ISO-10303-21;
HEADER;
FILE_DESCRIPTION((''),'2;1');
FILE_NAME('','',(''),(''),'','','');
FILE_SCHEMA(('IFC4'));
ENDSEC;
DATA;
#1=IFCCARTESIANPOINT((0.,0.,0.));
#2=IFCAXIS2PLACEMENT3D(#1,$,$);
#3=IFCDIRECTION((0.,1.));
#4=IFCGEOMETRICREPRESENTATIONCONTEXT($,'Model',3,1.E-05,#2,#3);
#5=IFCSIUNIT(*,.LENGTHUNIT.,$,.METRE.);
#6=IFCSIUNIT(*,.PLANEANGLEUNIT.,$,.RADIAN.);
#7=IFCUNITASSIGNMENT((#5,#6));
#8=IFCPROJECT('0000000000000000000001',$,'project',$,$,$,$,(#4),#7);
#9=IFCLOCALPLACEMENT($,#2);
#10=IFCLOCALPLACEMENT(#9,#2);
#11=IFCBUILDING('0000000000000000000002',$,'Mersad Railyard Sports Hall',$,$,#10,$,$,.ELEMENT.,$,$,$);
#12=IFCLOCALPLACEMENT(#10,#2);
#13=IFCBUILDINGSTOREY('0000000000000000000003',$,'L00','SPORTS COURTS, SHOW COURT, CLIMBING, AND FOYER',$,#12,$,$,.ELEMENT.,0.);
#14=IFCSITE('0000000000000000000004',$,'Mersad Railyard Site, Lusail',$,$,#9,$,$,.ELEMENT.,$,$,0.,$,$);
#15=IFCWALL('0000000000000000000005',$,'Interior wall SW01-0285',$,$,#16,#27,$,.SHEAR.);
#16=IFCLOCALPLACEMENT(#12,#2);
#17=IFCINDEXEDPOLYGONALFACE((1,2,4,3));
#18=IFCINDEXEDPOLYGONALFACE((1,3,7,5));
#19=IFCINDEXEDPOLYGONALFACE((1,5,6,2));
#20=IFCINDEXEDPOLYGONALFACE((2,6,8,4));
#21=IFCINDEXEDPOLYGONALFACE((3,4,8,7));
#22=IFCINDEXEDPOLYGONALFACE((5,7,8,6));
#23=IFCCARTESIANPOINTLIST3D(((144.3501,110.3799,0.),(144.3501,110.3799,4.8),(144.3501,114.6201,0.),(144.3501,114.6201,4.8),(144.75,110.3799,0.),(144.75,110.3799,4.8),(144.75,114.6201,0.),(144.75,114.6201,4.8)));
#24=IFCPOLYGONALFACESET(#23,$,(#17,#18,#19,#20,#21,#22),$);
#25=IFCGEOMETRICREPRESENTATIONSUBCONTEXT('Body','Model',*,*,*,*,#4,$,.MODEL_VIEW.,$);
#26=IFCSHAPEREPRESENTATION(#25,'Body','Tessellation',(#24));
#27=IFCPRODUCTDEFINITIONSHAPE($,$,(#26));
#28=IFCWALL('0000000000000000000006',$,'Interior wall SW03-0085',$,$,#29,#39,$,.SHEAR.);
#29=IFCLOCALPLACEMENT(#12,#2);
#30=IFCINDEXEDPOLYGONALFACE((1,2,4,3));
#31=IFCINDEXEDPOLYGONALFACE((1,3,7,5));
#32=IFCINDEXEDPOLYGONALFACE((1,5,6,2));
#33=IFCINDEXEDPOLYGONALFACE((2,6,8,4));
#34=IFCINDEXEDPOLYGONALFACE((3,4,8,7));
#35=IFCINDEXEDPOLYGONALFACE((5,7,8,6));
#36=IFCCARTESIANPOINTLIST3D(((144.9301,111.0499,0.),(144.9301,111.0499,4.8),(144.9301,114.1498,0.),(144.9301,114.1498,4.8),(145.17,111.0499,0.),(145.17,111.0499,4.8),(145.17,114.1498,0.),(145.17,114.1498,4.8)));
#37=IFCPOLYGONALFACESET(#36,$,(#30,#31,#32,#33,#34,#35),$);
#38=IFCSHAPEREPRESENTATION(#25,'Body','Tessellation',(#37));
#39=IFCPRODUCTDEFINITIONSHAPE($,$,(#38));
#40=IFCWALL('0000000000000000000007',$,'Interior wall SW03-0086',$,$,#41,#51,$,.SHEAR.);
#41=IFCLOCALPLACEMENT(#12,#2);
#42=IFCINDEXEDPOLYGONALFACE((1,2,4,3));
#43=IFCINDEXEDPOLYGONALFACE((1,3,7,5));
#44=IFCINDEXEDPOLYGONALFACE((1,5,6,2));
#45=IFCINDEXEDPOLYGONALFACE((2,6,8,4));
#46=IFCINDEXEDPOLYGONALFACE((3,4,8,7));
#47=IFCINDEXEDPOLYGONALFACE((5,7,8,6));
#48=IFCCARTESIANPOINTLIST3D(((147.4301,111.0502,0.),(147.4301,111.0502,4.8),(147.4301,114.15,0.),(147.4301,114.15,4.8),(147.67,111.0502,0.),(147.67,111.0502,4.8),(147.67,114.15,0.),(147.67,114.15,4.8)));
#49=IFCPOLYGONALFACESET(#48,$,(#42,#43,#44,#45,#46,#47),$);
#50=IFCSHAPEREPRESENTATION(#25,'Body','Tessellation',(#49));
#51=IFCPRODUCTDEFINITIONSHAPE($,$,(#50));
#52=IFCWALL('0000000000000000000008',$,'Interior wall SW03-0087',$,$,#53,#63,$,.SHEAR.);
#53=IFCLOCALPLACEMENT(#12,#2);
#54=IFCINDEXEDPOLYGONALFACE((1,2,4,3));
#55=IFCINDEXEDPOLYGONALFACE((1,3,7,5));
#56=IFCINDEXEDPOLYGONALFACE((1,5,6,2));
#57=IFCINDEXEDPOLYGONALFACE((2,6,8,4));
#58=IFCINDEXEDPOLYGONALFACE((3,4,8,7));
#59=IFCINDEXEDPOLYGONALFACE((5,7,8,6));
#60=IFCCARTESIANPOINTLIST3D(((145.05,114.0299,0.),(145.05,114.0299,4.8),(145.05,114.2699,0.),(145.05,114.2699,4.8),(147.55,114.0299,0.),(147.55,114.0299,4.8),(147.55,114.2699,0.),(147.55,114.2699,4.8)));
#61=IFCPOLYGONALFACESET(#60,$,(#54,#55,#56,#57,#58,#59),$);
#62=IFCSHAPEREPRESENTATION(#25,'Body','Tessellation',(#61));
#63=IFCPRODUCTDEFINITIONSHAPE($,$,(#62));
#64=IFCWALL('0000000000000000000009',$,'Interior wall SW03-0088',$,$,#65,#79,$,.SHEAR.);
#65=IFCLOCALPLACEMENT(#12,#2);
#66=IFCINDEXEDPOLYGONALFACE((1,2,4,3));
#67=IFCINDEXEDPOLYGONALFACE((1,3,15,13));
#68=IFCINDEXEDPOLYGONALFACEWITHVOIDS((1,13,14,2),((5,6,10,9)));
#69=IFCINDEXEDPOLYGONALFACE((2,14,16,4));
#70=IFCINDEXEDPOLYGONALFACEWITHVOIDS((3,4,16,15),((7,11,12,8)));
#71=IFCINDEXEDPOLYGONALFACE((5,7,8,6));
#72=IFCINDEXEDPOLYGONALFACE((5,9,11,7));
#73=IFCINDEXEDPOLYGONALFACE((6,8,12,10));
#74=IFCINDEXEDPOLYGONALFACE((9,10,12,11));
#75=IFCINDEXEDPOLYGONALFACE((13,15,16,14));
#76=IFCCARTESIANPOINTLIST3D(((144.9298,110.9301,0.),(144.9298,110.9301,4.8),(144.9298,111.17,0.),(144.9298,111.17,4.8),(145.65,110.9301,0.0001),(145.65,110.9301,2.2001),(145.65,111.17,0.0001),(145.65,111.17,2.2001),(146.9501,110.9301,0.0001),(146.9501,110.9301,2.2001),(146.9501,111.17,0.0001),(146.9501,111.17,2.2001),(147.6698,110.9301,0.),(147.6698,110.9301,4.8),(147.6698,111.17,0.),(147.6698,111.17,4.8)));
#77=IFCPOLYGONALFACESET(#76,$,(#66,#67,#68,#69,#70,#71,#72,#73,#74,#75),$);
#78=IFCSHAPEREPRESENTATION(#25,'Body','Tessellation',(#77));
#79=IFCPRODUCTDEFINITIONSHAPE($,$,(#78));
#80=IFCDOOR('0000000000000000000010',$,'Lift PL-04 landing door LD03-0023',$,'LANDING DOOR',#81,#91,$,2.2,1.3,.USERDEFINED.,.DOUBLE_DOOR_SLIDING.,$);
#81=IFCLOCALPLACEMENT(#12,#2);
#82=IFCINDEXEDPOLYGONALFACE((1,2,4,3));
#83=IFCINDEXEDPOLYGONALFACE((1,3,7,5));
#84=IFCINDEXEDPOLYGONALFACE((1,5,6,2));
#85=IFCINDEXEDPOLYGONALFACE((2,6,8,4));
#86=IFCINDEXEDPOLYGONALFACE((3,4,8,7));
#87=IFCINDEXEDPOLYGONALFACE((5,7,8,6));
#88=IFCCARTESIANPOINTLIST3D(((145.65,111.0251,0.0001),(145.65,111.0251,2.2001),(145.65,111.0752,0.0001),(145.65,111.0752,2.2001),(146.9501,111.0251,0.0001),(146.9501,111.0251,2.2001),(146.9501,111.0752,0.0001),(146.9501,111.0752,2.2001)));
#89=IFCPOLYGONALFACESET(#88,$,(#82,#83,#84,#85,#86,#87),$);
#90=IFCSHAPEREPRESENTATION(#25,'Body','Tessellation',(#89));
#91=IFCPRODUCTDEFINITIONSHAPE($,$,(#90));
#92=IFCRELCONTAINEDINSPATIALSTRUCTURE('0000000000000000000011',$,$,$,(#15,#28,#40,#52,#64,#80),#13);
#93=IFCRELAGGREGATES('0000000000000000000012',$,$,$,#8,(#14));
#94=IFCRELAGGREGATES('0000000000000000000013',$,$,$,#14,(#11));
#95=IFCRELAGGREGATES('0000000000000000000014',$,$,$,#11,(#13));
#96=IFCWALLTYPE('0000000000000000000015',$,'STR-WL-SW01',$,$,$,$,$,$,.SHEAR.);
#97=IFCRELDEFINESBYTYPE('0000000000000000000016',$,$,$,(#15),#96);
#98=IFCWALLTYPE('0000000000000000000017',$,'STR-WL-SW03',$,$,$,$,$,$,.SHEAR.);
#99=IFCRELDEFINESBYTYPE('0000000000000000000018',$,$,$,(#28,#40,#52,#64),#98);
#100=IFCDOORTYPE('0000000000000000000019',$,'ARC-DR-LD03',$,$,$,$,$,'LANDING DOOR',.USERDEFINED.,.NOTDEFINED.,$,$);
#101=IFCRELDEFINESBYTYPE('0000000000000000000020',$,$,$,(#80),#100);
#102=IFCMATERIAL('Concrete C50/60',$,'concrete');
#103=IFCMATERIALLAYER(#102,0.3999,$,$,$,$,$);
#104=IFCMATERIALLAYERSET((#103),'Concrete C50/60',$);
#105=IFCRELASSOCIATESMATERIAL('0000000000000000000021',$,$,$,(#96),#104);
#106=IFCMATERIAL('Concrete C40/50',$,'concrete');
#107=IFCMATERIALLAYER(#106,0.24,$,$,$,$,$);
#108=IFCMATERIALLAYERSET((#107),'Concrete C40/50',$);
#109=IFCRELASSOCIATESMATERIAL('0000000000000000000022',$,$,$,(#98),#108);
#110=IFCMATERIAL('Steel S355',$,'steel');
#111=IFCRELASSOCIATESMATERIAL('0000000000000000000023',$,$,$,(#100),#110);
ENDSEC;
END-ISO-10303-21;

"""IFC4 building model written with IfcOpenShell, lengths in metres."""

from ifc_helpers import new_model, si_unit, direction, frame, frame_2d, origin, place, context, subcontext, project, spatial, rectangle, extrude, material, layer, layer_set, type_object, element, fill, save


model = new_model("IFC4")

# Units and contexts
model_context = context("Model", 3, precision=1e-05, world=origin(), true_north=direction((0.0, 1.0)))
body_context = subcontext(model_context, "Body", "Model", "MODEL_VIEW")
ifc_project = project(units=[si_unit("LENGTHUNIT", "METRE"), si_unit("PLANEANGLEUNIT", "RADIAN")], contexts=[model_context])

# Site, building, storey
site_placement = place(None, origin())
site = spatial("IfcSite", under=ifc_project, at=site_placement, Name="Mersad Railyard Site, Lusail", CompositionType="ELEMENT", RefElevation=0.0)
building_placement = place(site_placement, origin())
building = spatial("IfcBuilding", under=site, at=building_placement, Name="Mersad Railyard Sports Hall", CompositionType="ELEMENT")
storey_placement = place(building_placement, origin())
storey = spatial("IfcBuildingStorey", under=building, at=storey_placement, Name="L00", Description="SPORTS COURTS, SHOW COURT, CLIMBING, AND FOYER", CompositionType="ELEMENT", Elevation=0.0)

# Shared definitions
ifc_material_1 = material(Name="Concrete C50/60", Category="concrete")

# Shared definitions
ifc_material_2 = material(Name="Concrete C40/50", Category="concrete")

# Shared definitions
ifc_material_3 = material(Name="Steel S355", Category="steel")

# Walls
ifc_layer_1 = layer(ifc_material_1, 0.3999)
ifc_layer_set_1 = layer_set([ifc_layer_1], Name="Concrete C50/60")
wall_type_1 = type_object("IfcWallType", Name="STR-WL-SW01", PredefinedType="SHEAR", material=ifc_layer_set_1)
wall_1_placement = place(storey_placement, frame((144.55, 110.3799, 0.0), z_axis=(0.0, 0.0, 1.0), x_axis=(0.0, 1.0, 0.0)))
element("IfcWall", 1, at=wall_1_placement, inside=storey, type_object=wall_type_1, Name="Interior wall SW01-0285", PredefinedType="SHEAR", context=body_context, shape_type="SweptSolid", body=[
    extrude(rectangle(XDim=4.2402, YDim=0.3999, at=frame_2d((2.1201, 0.0))), origin(), (0.0, 0.0, 1.0), 4.8),
])
ifc_layer_2 = layer(ifc_material_2, 0.24)
ifc_layer_set_2 = layer_set([ifc_layer_2], Name="Concrete C40/50")
wall_type_2 = type_object("IfcWallType", Name="STR-WL-SW03", PredefinedType="SHEAR", material=ifc_layer_set_2)
for number, where, z_axis, x_axis, name in (
    (2, (145.05, 111.05, 0.0), (0.0, 0.0, 1.0), (0.0, 1.0, 0.0), "Interior wall SW03-0085"),
    (3, (147.55, 114.1499, 0.0), (0.0, 0.0, 1.0), (0.0, -1.0, 0.0), "Interior wall SW03-0086"),
):
    element("IfcWall", number, at=place(storey_placement, frame(where, z_axis=z_axis, x_axis=x_axis)), inside=storey, type_object=wall_type_2, Name=name, PredefinedType="SHEAR", context=body_context, shape_type="SweptSolid", body=[
        extrude(rectangle(XDim=3.0999, YDim=0.24, at=frame_2d((1.5498, 0.0))), origin(), (0.0, 0.0, 1.0), 4.8),
    ])
wall_2_placement = place(storey_placement, frame((145.05, 114.1499, 0.0), z_axis=(0.0, 0.0, 1.0), x_axis=(1.0, 0.0, 0.0)))
element("IfcWall", 4, at=wall_2_placement, inside=storey, type_object=wall_type_2, Name="Interior wall SW03-0087", PredefinedType="SHEAR", context=body_context, shape_type="SweptSolid", body=[
    extrude(rectangle(XDim=2.5, YDim=0.24, at=frame_2d((1.25, 0.0))), origin(), (0.0, 0.0, 1.0), 4.8),
])

# Wall, opening, door
wall_3_placement = place(storey_placement, frame((147.6699, 111.05, 0.0), z_axis=(0.0, 0.0, 1.0), x_axis=(-1.0, 0.0, 0.0)))
wall_3 = element("IfcWall", 5, at=wall_3_placement, inside=storey, type_object=wall_type_2, Name="Interior wall SW03-0088", PredefinedType="SHEAR", context=body_context, shape_type="SweptSolid", body=[
    extrude(rectangle(XDim=2.74, YDim=0.24, at=frame_2d((1.3701, 0.0))), origin(), (0.0, 0.0, 1.0), 4.8),
])
opening_1_placement = place(wall_3_placement, frame((0.72, 0.0, 0.0)))
opening_1 = element("IfcOpeningElement", 6, at=opening_1_placement, cuts=wall_3, PredefinedType="OPENING", context=body_context, shape_type="SweptSolid", body=[
    extrude(rectangle(XDim=1.3, YDim=2.2, at=frame_2d((0.6499, 1.1001))), frame((0.0, 0.1299, 0.0), z_axis=(0.0, -1.0, 0.0), x_axis=(1.0, 0.0, 0.0)), (0.0, 0.0, 1.0), 0.26),
])
door_type_1 = type_object("IfcDoorType", Name="ARC-DR-LD03", ElementType="LANDING DOOR", OperationType="NOTDEFINED", PredefinedType="USERDEFINED", material=ifc_material_3)
door_1_placement = place(opening_1_placement, origin())
door_1 = element("IfcDoor", 7, at=door_1_placement, inside=storey, type_object=door_type_1, Name="Lift PL-04 landing door LD03-0023", ObjectType="LANDING DOOR", OperationType="DOUBLE_DOOR_SLIDING", OverallHeight=2.2, OverallWidth=1.3, PredefinedType="USERDEFINED", context=body_context, shape_type="SweptSolid", body=[
    extrude(rectangle(XDim=1.3, YDim=2.2, at=frame_2d((0.6499, 1.1001))), frame((0.0, 0.0249, 0.0), z_axis=(0.0, -1.0, 0.0), x_axis=(1.0, 0.0, 0.0)), (0.0, 0.0, 1.0), 0.05),
])
fill(opening_1, door_1)

save(model, "model.ifc")
